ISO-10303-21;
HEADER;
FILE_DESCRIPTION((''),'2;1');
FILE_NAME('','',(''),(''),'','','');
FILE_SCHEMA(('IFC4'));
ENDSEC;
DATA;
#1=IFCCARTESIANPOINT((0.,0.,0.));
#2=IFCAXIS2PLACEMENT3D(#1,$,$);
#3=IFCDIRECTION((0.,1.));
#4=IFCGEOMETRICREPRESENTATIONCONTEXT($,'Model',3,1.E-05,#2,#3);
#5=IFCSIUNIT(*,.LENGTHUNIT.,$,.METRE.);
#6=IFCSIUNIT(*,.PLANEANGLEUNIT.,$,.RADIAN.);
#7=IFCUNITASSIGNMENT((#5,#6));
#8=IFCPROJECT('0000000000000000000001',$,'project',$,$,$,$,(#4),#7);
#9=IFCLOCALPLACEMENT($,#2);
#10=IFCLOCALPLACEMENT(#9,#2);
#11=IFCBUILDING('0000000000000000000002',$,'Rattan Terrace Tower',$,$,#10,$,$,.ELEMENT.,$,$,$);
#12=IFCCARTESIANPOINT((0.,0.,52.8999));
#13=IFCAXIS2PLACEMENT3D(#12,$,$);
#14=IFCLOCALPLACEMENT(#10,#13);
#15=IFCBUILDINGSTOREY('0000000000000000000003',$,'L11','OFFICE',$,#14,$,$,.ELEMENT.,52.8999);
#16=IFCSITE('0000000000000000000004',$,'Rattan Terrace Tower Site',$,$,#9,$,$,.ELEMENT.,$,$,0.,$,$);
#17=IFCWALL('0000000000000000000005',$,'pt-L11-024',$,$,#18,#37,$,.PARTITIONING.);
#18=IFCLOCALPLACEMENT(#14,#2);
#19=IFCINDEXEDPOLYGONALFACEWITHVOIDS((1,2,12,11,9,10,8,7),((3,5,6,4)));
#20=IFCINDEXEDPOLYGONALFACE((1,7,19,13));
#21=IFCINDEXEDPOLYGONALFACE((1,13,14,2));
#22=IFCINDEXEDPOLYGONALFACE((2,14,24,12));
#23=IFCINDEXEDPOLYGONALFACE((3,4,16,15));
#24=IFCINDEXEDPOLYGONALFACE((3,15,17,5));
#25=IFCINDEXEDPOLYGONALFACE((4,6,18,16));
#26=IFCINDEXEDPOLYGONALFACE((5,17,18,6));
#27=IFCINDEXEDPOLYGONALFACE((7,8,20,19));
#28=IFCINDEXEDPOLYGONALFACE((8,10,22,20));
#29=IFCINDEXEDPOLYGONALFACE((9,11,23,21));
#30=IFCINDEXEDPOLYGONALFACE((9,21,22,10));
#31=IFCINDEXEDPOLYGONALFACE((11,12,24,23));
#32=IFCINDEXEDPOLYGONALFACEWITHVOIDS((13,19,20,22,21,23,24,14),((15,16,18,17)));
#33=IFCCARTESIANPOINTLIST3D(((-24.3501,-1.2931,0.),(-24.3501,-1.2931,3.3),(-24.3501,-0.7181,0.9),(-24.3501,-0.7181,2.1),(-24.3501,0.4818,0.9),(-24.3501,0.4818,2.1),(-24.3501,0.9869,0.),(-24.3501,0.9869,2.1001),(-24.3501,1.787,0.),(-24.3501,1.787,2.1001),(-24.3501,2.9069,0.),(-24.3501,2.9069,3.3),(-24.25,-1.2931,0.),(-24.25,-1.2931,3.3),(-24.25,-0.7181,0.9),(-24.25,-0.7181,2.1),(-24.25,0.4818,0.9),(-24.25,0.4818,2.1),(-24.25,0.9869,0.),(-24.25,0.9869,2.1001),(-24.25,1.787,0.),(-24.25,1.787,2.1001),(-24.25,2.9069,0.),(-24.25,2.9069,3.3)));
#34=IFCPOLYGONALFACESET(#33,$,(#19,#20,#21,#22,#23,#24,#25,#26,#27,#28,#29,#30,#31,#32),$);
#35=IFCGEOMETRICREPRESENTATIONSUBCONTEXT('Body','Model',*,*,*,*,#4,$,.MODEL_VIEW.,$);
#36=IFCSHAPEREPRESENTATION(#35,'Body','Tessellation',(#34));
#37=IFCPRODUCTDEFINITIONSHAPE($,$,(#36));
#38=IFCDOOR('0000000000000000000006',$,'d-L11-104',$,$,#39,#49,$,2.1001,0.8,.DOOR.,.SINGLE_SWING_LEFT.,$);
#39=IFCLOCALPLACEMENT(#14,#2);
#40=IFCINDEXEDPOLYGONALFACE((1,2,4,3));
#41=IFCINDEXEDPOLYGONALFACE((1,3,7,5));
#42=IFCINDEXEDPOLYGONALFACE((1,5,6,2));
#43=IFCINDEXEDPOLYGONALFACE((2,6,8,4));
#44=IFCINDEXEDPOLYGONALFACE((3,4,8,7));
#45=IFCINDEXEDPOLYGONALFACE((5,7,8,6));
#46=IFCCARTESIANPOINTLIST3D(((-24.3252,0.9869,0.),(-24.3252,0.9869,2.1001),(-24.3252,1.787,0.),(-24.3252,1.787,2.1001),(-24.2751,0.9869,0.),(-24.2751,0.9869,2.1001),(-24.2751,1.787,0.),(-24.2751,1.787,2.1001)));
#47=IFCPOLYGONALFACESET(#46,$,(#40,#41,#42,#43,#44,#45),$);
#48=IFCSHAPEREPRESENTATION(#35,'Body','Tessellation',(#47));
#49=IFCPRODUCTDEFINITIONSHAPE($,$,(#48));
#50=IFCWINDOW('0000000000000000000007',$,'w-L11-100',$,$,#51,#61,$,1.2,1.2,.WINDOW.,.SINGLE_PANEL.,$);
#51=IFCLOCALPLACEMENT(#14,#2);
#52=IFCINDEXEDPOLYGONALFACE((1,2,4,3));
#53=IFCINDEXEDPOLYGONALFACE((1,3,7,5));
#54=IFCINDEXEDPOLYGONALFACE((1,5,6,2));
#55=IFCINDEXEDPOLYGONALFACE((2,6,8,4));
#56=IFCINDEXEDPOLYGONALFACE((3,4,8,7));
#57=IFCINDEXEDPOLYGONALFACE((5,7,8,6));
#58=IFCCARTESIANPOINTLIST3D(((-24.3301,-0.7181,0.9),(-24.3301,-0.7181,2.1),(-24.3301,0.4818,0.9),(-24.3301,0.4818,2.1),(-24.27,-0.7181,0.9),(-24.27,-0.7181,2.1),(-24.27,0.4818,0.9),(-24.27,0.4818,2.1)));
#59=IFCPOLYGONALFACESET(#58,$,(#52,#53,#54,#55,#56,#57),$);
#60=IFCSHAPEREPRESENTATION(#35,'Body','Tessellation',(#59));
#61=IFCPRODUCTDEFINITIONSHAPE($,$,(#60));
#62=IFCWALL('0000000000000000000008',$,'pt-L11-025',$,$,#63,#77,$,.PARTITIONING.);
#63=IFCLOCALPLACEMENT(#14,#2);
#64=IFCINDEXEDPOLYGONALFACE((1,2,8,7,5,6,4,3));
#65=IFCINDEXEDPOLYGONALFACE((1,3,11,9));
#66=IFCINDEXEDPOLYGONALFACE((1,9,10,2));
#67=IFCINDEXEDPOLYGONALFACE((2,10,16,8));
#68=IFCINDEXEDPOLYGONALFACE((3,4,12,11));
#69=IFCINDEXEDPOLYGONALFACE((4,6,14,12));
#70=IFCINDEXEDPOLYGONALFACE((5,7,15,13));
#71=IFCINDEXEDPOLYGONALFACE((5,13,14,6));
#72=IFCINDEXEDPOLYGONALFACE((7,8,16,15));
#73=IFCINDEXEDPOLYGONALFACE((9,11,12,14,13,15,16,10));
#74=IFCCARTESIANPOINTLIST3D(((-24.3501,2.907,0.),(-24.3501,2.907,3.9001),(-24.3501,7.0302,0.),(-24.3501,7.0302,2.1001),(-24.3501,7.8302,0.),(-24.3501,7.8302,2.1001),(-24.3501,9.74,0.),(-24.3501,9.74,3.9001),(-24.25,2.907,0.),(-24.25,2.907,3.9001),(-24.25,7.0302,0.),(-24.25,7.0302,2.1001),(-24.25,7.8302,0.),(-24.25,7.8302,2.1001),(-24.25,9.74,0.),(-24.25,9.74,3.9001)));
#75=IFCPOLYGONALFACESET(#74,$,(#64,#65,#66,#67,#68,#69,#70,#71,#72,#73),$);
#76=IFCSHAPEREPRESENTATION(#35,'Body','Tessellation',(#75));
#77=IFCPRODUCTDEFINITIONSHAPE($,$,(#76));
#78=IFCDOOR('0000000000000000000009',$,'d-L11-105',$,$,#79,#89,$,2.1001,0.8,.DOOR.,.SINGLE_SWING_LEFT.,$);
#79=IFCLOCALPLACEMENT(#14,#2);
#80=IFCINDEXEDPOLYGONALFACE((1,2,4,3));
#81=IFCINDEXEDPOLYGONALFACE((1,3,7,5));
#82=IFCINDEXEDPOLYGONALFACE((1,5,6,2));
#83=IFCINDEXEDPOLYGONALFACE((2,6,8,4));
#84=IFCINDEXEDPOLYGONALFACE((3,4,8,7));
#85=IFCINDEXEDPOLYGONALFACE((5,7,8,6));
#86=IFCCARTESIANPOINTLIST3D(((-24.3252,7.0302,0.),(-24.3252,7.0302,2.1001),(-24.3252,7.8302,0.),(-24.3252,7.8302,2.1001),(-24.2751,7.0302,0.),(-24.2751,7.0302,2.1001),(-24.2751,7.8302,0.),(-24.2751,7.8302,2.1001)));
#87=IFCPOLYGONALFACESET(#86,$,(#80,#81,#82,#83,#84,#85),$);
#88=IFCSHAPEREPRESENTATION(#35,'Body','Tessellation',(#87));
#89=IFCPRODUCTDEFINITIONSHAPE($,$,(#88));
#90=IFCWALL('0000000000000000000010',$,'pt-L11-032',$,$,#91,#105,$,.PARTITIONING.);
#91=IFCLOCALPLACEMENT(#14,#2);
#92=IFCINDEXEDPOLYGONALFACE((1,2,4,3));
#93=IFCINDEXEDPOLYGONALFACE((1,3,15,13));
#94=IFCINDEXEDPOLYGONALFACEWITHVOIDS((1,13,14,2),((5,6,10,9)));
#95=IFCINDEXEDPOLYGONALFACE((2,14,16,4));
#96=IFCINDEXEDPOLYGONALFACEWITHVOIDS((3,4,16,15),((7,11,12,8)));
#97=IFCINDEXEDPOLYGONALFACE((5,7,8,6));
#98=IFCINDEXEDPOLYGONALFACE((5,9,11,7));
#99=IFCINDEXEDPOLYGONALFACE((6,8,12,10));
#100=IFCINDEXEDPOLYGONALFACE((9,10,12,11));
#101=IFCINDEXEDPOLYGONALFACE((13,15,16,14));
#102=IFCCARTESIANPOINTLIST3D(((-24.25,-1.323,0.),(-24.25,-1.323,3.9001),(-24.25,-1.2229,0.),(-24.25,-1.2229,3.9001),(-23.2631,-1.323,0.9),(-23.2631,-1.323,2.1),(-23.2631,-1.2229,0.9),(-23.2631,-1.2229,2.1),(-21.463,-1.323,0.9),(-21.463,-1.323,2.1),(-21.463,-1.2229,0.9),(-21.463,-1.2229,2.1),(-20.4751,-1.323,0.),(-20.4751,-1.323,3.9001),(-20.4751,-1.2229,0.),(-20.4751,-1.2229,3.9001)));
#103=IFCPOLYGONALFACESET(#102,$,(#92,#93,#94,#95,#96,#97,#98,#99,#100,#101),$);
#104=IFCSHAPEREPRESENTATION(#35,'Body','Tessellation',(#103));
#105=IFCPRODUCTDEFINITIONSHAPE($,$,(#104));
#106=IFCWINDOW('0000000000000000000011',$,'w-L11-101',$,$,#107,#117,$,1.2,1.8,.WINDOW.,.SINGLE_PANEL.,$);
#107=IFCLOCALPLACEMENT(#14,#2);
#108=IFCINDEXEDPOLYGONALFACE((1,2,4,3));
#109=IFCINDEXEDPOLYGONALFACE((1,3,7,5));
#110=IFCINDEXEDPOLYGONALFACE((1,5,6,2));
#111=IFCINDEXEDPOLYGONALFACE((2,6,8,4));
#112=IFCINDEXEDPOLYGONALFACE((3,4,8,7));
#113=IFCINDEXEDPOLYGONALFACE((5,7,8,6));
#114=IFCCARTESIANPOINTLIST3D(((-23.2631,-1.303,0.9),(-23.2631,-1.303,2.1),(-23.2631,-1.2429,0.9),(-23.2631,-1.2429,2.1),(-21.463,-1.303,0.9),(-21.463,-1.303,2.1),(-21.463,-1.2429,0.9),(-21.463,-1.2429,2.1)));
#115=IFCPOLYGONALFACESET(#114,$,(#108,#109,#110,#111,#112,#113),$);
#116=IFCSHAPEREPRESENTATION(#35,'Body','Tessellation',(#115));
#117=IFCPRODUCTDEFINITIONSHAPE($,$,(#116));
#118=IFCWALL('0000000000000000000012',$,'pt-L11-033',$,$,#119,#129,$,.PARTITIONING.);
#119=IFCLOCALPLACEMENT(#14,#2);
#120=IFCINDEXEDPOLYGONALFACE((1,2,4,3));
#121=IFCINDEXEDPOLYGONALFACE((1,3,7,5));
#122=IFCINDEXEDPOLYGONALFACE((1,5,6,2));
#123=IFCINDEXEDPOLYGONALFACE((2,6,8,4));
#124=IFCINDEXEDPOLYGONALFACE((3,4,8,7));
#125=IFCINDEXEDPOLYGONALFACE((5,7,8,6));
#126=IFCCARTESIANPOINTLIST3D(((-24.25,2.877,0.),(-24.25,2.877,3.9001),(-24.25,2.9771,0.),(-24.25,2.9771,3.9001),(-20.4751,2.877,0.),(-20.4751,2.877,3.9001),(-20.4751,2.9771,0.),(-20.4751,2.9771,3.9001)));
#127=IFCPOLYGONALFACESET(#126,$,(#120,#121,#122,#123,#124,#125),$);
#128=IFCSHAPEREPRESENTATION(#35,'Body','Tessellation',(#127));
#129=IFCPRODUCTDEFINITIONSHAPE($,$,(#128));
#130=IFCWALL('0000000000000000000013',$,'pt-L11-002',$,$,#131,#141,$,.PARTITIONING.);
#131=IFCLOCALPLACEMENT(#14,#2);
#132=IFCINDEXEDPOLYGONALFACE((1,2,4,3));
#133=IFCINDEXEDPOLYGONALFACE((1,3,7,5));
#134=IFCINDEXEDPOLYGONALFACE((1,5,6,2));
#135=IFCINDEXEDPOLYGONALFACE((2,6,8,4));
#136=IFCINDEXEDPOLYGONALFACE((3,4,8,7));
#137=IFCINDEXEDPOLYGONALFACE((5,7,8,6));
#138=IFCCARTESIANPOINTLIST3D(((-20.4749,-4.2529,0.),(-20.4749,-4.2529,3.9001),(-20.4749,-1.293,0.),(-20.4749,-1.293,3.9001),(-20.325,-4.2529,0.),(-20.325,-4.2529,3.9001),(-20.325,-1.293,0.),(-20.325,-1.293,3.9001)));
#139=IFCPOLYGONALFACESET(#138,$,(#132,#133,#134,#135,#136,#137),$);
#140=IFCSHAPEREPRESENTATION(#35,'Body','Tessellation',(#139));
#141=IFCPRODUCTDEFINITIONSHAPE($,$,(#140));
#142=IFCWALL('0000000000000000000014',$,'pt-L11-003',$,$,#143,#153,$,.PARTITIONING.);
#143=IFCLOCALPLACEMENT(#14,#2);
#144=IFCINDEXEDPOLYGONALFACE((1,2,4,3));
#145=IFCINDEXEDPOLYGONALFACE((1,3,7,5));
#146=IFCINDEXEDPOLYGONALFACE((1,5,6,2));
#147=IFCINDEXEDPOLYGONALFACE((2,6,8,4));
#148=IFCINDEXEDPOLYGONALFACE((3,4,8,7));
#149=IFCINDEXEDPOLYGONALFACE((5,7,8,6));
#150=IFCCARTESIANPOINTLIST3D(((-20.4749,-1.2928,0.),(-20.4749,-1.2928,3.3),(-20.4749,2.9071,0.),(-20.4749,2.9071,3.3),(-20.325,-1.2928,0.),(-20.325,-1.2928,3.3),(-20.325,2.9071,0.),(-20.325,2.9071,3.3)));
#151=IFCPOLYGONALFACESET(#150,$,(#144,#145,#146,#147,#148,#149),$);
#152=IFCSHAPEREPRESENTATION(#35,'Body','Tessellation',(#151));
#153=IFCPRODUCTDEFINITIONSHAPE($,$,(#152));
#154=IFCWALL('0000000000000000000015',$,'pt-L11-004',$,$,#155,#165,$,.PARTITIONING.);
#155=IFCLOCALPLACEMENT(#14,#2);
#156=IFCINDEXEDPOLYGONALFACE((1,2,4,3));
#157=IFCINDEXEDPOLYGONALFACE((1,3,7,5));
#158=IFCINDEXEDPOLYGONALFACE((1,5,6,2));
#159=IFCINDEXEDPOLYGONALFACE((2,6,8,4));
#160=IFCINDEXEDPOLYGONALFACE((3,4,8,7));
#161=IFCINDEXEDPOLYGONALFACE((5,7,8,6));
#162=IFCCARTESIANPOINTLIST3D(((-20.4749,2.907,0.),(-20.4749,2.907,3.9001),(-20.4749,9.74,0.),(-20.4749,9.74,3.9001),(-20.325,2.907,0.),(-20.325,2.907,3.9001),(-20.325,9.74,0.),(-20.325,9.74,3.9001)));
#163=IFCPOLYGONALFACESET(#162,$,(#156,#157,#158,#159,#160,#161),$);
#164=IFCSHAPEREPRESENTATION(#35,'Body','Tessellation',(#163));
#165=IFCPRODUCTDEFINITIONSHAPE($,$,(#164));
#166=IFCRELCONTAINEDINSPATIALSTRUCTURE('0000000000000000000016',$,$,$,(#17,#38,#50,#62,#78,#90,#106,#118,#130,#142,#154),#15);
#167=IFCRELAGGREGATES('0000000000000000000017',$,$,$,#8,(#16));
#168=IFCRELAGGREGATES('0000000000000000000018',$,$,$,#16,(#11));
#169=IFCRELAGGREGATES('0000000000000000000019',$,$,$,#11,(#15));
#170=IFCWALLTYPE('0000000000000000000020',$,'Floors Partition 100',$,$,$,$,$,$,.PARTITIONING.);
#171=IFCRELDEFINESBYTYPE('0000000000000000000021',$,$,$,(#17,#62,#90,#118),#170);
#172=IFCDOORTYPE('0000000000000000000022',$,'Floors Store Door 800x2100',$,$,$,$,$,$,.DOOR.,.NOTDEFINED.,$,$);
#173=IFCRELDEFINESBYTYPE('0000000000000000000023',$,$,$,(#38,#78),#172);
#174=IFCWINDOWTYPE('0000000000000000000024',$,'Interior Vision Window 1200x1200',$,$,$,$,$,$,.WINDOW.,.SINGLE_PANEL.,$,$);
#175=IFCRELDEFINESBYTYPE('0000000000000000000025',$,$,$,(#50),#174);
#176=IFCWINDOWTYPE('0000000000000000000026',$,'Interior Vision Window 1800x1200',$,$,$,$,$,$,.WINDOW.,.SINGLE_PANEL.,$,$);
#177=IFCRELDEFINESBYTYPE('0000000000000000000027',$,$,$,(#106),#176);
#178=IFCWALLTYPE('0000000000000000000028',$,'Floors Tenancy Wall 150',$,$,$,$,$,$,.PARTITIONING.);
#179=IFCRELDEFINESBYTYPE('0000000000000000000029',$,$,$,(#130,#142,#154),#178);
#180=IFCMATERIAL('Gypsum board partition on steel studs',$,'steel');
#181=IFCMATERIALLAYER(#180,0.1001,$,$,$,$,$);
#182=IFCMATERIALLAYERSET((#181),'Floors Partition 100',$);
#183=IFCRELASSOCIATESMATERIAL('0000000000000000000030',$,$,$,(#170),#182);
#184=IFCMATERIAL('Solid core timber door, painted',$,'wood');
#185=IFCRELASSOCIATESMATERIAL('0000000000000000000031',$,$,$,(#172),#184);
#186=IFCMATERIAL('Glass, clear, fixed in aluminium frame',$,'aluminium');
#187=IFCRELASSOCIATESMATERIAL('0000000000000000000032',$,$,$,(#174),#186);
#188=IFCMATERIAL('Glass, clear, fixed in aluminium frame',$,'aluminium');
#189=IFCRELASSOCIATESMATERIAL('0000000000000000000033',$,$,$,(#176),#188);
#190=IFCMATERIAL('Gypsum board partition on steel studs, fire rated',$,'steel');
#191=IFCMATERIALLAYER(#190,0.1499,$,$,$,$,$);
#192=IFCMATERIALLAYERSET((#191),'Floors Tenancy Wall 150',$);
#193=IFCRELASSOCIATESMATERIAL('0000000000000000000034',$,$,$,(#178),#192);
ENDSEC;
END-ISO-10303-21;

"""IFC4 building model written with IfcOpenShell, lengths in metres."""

from ifc_helpers import new_model, si_unit, direction, frame, frame_2d, origin, place, context, subcontext, project, spatial, rectangle, extrude, material, layer, layer_set, type_object, element, fill, save


model = new_model("IFC4")

# Units and contexts
model_context = context("Model", 3, precision=1e-05, world=origin(), true_north=direction((0.0, 1.0)))
body_context = subcontext(model_context, "Body", "Model", "MODEL_VIEW")
ifc_project = project(units=[si_unit("LENGTHUNIT", "METRE"), si_unit("PLANEANGLEUNIT", "RADIAN")], contexts=[model_context])

# Site, building, storey
site_placement = place(None, origin())
site = spatial("IfcSite", under=ifc_project, at=site_placement, Name="Rattan Terrace Tower Site", CompositionType="ELEMENT", RefElevation=0.0)
building_placement = place(site_placement, origin())
building = spatial("IfcBuilding", under=site, at=building_placement, Name="Rattan Terrace Tower", CompositionType="ELEMENT")
storey_placement = place(building_placement, frame((0.0, 0.0, 52.8999)))
storey = spatial("IfcBuildingStorey", under=building, at=storey_placement, Name="L11", Description="OFFICE", CompositionType="ELEMENT", Elevation=52.8999)

# Shared definitions
ifc_material_1 = material(Name="Gypsum board partition on steel studs", Category="steel")
ifc_layer_1 = layer(ifc_material_1, 0.1001)
ifc_layer_set_1 = layer_set([ifc_layer_1], Name="Floors Partition 100")
wall_type_1 = type_object("IfcWallType", Name="Floors Partition 100", PredefinedType="PARTITIONING", material=ifc_layer_set_1)

# Shared definitions
ifc_material_2 = material(Name="Solid core timber door, painted", Category="wood")
door_type = type_object("IfcDoorType", Name="Floors Store Door 800x2100", OperationType="NOTDEFINED", PredefinedType="DOOR", material=ifc_material_2)

# Wall, openings, door, window
wall_1_placement = place(storey_placement, frame((-24.3, 2.907, 0.0), z_axis=(0.0, 0.0, 1.0), x_axis=(0.0, -1.0, 0.0)))
wall_1 = element("IfcWall", 1, at=wall_1_placement, inside=storey, type_object=wall_type_1, Name="pt-L11-024", PredefinedType="PARTITIONING", context=body_context, shape_type="SweptSolid", body=[
    extrude(rectangle(XDim=4.2, YDim=0.1001, at=frame_2d((2.1001, 0.0))), origin(), (0.0, 0.0, 1.0), 3.3),
])
opening_1_placement = place(wall_1_placement, frame((1.1201, 0.0, 0.0)))
opening_1 = element("IfcOpeningElement", 2, at=opening_1_placement, cuts=wall_1, PredefinedType="OPENING", context=body_context, shape_type="SweptSolid", body=[
    extrude(rectangle(XDim=0.8, YDim=2.1001, at=frame_2d((0.3999, 1.05))), frame((0.0, 0.0605, 0.0), z_axis=(0.0, -1.0, 0.0), x_axis=(1.0, 0.0, 0.0)), (0.0, 0.0, 1.0), 0.1211),
])
opening_2_placement = place(wall_1_placement, frame((2.425, 0.0, 0.8999)))
opening_2 = element("IfcOpeningElement", 3, at=opening_2_placement, cuts=wall_1, PredefinedType="OPENING", context=body_context, shape_type="SweptSolid", body=[
    extrude(rectangle(XDim=1.2, YDim=1.2, at=frame_2d((0.6001, 0.6001))), frame((0.0, 0.0605, 0.0), z_axis=(0.0, -1.0, 0.0), x_axis=(1.0, 0.0, 0.0)), (0.0, 0.0, 1.0), 0.1211),
])
door_1_placement = place(opening_1_placement, origin())
door_1 = element("IfcDoor", 4, at=door_1_placement, inside=storey, type_object=door_type, Name="d-L11-104", OperationType="SINGLE_SWING_LEFT", OverallHeight=2.1001, OverallWidth=0.8, PredefinedType="DOOR", context=body_context, shape_type="SweptSolid", body=[
    extrude(rectangle(XDim=0.8, YDim=2.1001, at=frame_2d((0.3999, 1.05))), frame((0.0, 0.0249, 0.0), z_axis=(0.0, -1.0, 0.0), x_axis=(1.0, 0.0, 0.0)), (0.0, 0.0, 1.0), 0.05),
])
fill(opening_1, door_1)
ifc_material_3 = material(Name="Glass, clear, fixed in aluminium frame", Category="aluminium")
window_type_1 = type_object("IfcWindowType", Name="Interior Vision Window 1200x1200", PartitioningType="SINGLE_PANEL", PredefinedType="WINDOW", material=ifc_material_3)
window_1_placement = place(opening_2_placement, origin())
window_1 = element("IfcWindow", 5, at=window_1_placement, inside=storey, type_object=window_type_1, Name="w-L11-100", OverallHeight=1.2, OverallWidth=1.2, PartitioningType="SINGLE_PANEL", PredefinedType="WINDOW", context=body_context, shape_type="SweptSolid", body=[
    extrude(rectangle(XDim=1.2, YDim=1.2, at=frame_2d((0.6001, 0.6001))), frame((0.0, 0.03, 0.0), z_axis=(0.0, -1.0, 0.0), x_axis=(1.0, 0.0, 0.0)), (0.0, 0.0, 1.0), 0.0601),
])
fill(opening_2, window_1)

# Wall, opening, door
wall_2_placement = place(storey_placement, frame((-24.3, 9.74, 0.0), z_axis=(0.0, 0.0, 1.0), x_axis=(0.0, -1.0, 0.0)))
wall_2 = element("IfcWall", 6, at=wall_2_placement, inside=storey, type_object=wall_type_1, Name="pt-L11-025", PredefinedType="PARTITIONING", context=body_context, shape_type="SweptSolid", body=[
    extrude(rectangle(XDim=6.833, YDim=0.1001, at=frame_2d((3.4165, 0.0))), origin(), (0.0, 0.0, 1.0), 3.9001),
])
opening_3_placement = place(wall_2_placement, frame((1.9099, 0.0, 0.0)))
opening_3 = element("IfcOpeningElement", 7, at=opening_3_placement, cuts=wall_2, PredefinedType="OPENING", context=body_context, shape_type="SweptSolid", body=[
    extrude(rectangle(XDim=0.8, YDim=2.1001, at=frame_2d((0.3999, 1.05))), frame((0.0, 0.0605, 0.0), z_axis=(0.0, -1.0, 0.0), x_axis=(1.0, 0.0, 0.0)), (0.0, 0.0, 1.0), 0.1211),
])
door_2_placement = place(opening_3_placement, origin())
door_2 = element("IfcDoor", 8, at=door_2_placement, inside=storey, type_object=door_type, Name="d-L11-105", OperationType="SINGLE_SWING_LEFT", OverallHeight=2.1001, OverallWidth=0.8, PredefinedType="DOOR", context=body_context, shape_type="SweptSolid", body=[
    extrude(rectangle(XDim=0.8, YDim=2.1001, at=frame_2d((0.3999, 1.05))), frame((0.0, 0.0249, 0.0), z_axis=(0.0, -1.0, 0.0), x_axis=(1.0, 0.0, 0.0)), (0.0, 0.0, 1.0), 0.05),
])
fill(opening_3, door_2)

# Wall, opening, window
wall_3_placement = place(storey_placement, frame((-24.25, -1.2729, 0.0), z_axis=(0.0, 0.0, 1.0), x_axis=(1.0, 0.0, 0.0)))
wall_3 = element("IfcWall", 9, at=wall_3_placement, inside=storey, type_object=wall_type_1, Name="pt-L11-032", PredefinedType="PARTITIONING", context=body_context, shape_type="SweptSolid", body=[
    extrude(rectangle(XDim=3.7749, YDim=0.1001, at=frame_2d((1.8875, 0.0))), origin(), (0.0, 0.0, 1.0), 3.9001),
])
opening_4_placement = place(wall_3_placement, frame((0.9871, 0.0, 0.8999)))
opening_4 = element("IfcOpeningElement", 10, at=opening_4_placement, cuts=wall_3, PredefinedType="OPENING", context=body_context, shape_type="SweptSolid", body=[
    extrude(rectangle(XDim=1.8, YDim=1.2, at=frame_2d((0.8999, 0.6001))), frame((0.0, 0.0605, 0.0), z_axis=(0.0, -1.0, 0.0), x_axis=(1.0, 0.0, 0.0)), (0.0, 0.0, 1.0), 0.1211),
])
ifc_material_4 = material(Name="Glass, clear, fixed in aluminium frame", Category="aluminium")
window_type_2 = type_object("IfcWindowType", Name="Interior Vision Window 1800x1200", PartitioningType="SINGLE_PANEL", PredefinedType="WINDOW", material=ifc_material_4)
window_2_placement = place(opening_4_placement, origin())
window_2 = element("IfcWindow", 11, at=window_2_placement, inside=storey, type_object=window_type_2, Name="w-L11-101", OverallHeight=1.2, OverallWidth=1.8, PartitioningType="SINGLE_PANEL", PredefinedType="WINDOW", context=body_context, shape_type="SweptSolid", body=[
    extrude(rectangle(XDim=1.8, YDim=1.2, at=frame_2d((0.8999, 0.6001))), frame((0.0, 0.03, 0.0), z_axis=(0.0, -1.0, 0.0), x_axis=(1.0, 0.0, 0.0)), (0.0, 0.0, 1.0), 0.0601),
])
fill(opening_4, window_2)

# Walls
wall_4_placement = place(storey_placement, frame((-24.25, 2.927, 0.0), z_axis=(0.0, 0.0, 1.0), x_axis=(1.0, 0.0, 0.0)))
element("IfcWall", 12, at=wall_4_placement, inside=storey, type_object=wall_type_1, Name="pt-L11-033", PredefinedType="PARTITIONING", context=body_context, shape_type="SweptSolid", body=[
    extrude(rectangle(XDim=3.7749, YDim=0.1001, at=frame_2d((1.8875, 0.0))), origin(), (0.0, 0.0, 1.0), 3.9001),
])
ifc_material_5 = material(Name="Gypsum board partition on steel studs, fire rated", Category="steel")
ifc_layer_2 = layer(ifc_material_5, 0.1499)
ifc_layer_set_2 = layer_set([ifc_layer_2], Name="Floors Tenancy Wall 150")
wall_type_2 = type_object("IfcWallType", Name="Floors Tenancy Wall 150", PredefinedType="PARTITIONING", material=ifc_layer_set_2)
wall_5_placement = place(storey_placement, frame((-20.3999, -4.2529, 0.0), z_axis=(0.0, 0.0, 1.0), x_axis=(0.0, 1.0, 0.0)))
element("IfcWall", 13, at=wall_5_placement, inside=storey, type_object=wall_type_2, Name="pt-L11-002", PredefinedType="PARTITIONING", context=body_context, shape_type="SweptSolid", body=[
    extrude(rectangle(XDim=2.96, YDim=0.1499, at=frame_2d((1.48, 0.0))), origin(), (0.0, 0.0, 1.0), 3.9001),
])
wall_6_placement = place(storey_placement, frame((-20.3999, -1.293, 0.0), z_axis=(0.0, 0.0, 1.0), x_axis=(0.0, 1.0, 0.0)))
element("IfcWall", 14, at=wall_6_placement, inside=storey, type_object=wall_type_2, Name="pt-L11-003", PredefinedType="PARTITIONING", context=body_context, shape_type="SweptSolid", body=[
    extrude(rectangle(XDim=4.2, YDim=0.1499, at=frame_2d((2.1001, 0.0))), origin(), (0.0, 0.0, 1.0), 3.3),
])
wall_7_placement = place(storey_placement, frame((-20.3999, 2.907, 0.0), z_axis=(0.0, 0.0, 1.0), x_axis=(0.0, 1.0, 0.0)))
element("IfcWall", 15, at=wall_7_placement, inside=storey, type_object=wall_type_2, Name="pt-L11-004", PredefinedType="PARTITIONING", context=body_context, shape_type="SweptSolid", body=[
    extrude(rectangle(XDim=6.833, YDim=0.1499, at=frame_2d((3.4165, 0.0))), origin(), (0.0, 0.0, 1.0), 3.9001),
])

save(model, "model.ifc")
